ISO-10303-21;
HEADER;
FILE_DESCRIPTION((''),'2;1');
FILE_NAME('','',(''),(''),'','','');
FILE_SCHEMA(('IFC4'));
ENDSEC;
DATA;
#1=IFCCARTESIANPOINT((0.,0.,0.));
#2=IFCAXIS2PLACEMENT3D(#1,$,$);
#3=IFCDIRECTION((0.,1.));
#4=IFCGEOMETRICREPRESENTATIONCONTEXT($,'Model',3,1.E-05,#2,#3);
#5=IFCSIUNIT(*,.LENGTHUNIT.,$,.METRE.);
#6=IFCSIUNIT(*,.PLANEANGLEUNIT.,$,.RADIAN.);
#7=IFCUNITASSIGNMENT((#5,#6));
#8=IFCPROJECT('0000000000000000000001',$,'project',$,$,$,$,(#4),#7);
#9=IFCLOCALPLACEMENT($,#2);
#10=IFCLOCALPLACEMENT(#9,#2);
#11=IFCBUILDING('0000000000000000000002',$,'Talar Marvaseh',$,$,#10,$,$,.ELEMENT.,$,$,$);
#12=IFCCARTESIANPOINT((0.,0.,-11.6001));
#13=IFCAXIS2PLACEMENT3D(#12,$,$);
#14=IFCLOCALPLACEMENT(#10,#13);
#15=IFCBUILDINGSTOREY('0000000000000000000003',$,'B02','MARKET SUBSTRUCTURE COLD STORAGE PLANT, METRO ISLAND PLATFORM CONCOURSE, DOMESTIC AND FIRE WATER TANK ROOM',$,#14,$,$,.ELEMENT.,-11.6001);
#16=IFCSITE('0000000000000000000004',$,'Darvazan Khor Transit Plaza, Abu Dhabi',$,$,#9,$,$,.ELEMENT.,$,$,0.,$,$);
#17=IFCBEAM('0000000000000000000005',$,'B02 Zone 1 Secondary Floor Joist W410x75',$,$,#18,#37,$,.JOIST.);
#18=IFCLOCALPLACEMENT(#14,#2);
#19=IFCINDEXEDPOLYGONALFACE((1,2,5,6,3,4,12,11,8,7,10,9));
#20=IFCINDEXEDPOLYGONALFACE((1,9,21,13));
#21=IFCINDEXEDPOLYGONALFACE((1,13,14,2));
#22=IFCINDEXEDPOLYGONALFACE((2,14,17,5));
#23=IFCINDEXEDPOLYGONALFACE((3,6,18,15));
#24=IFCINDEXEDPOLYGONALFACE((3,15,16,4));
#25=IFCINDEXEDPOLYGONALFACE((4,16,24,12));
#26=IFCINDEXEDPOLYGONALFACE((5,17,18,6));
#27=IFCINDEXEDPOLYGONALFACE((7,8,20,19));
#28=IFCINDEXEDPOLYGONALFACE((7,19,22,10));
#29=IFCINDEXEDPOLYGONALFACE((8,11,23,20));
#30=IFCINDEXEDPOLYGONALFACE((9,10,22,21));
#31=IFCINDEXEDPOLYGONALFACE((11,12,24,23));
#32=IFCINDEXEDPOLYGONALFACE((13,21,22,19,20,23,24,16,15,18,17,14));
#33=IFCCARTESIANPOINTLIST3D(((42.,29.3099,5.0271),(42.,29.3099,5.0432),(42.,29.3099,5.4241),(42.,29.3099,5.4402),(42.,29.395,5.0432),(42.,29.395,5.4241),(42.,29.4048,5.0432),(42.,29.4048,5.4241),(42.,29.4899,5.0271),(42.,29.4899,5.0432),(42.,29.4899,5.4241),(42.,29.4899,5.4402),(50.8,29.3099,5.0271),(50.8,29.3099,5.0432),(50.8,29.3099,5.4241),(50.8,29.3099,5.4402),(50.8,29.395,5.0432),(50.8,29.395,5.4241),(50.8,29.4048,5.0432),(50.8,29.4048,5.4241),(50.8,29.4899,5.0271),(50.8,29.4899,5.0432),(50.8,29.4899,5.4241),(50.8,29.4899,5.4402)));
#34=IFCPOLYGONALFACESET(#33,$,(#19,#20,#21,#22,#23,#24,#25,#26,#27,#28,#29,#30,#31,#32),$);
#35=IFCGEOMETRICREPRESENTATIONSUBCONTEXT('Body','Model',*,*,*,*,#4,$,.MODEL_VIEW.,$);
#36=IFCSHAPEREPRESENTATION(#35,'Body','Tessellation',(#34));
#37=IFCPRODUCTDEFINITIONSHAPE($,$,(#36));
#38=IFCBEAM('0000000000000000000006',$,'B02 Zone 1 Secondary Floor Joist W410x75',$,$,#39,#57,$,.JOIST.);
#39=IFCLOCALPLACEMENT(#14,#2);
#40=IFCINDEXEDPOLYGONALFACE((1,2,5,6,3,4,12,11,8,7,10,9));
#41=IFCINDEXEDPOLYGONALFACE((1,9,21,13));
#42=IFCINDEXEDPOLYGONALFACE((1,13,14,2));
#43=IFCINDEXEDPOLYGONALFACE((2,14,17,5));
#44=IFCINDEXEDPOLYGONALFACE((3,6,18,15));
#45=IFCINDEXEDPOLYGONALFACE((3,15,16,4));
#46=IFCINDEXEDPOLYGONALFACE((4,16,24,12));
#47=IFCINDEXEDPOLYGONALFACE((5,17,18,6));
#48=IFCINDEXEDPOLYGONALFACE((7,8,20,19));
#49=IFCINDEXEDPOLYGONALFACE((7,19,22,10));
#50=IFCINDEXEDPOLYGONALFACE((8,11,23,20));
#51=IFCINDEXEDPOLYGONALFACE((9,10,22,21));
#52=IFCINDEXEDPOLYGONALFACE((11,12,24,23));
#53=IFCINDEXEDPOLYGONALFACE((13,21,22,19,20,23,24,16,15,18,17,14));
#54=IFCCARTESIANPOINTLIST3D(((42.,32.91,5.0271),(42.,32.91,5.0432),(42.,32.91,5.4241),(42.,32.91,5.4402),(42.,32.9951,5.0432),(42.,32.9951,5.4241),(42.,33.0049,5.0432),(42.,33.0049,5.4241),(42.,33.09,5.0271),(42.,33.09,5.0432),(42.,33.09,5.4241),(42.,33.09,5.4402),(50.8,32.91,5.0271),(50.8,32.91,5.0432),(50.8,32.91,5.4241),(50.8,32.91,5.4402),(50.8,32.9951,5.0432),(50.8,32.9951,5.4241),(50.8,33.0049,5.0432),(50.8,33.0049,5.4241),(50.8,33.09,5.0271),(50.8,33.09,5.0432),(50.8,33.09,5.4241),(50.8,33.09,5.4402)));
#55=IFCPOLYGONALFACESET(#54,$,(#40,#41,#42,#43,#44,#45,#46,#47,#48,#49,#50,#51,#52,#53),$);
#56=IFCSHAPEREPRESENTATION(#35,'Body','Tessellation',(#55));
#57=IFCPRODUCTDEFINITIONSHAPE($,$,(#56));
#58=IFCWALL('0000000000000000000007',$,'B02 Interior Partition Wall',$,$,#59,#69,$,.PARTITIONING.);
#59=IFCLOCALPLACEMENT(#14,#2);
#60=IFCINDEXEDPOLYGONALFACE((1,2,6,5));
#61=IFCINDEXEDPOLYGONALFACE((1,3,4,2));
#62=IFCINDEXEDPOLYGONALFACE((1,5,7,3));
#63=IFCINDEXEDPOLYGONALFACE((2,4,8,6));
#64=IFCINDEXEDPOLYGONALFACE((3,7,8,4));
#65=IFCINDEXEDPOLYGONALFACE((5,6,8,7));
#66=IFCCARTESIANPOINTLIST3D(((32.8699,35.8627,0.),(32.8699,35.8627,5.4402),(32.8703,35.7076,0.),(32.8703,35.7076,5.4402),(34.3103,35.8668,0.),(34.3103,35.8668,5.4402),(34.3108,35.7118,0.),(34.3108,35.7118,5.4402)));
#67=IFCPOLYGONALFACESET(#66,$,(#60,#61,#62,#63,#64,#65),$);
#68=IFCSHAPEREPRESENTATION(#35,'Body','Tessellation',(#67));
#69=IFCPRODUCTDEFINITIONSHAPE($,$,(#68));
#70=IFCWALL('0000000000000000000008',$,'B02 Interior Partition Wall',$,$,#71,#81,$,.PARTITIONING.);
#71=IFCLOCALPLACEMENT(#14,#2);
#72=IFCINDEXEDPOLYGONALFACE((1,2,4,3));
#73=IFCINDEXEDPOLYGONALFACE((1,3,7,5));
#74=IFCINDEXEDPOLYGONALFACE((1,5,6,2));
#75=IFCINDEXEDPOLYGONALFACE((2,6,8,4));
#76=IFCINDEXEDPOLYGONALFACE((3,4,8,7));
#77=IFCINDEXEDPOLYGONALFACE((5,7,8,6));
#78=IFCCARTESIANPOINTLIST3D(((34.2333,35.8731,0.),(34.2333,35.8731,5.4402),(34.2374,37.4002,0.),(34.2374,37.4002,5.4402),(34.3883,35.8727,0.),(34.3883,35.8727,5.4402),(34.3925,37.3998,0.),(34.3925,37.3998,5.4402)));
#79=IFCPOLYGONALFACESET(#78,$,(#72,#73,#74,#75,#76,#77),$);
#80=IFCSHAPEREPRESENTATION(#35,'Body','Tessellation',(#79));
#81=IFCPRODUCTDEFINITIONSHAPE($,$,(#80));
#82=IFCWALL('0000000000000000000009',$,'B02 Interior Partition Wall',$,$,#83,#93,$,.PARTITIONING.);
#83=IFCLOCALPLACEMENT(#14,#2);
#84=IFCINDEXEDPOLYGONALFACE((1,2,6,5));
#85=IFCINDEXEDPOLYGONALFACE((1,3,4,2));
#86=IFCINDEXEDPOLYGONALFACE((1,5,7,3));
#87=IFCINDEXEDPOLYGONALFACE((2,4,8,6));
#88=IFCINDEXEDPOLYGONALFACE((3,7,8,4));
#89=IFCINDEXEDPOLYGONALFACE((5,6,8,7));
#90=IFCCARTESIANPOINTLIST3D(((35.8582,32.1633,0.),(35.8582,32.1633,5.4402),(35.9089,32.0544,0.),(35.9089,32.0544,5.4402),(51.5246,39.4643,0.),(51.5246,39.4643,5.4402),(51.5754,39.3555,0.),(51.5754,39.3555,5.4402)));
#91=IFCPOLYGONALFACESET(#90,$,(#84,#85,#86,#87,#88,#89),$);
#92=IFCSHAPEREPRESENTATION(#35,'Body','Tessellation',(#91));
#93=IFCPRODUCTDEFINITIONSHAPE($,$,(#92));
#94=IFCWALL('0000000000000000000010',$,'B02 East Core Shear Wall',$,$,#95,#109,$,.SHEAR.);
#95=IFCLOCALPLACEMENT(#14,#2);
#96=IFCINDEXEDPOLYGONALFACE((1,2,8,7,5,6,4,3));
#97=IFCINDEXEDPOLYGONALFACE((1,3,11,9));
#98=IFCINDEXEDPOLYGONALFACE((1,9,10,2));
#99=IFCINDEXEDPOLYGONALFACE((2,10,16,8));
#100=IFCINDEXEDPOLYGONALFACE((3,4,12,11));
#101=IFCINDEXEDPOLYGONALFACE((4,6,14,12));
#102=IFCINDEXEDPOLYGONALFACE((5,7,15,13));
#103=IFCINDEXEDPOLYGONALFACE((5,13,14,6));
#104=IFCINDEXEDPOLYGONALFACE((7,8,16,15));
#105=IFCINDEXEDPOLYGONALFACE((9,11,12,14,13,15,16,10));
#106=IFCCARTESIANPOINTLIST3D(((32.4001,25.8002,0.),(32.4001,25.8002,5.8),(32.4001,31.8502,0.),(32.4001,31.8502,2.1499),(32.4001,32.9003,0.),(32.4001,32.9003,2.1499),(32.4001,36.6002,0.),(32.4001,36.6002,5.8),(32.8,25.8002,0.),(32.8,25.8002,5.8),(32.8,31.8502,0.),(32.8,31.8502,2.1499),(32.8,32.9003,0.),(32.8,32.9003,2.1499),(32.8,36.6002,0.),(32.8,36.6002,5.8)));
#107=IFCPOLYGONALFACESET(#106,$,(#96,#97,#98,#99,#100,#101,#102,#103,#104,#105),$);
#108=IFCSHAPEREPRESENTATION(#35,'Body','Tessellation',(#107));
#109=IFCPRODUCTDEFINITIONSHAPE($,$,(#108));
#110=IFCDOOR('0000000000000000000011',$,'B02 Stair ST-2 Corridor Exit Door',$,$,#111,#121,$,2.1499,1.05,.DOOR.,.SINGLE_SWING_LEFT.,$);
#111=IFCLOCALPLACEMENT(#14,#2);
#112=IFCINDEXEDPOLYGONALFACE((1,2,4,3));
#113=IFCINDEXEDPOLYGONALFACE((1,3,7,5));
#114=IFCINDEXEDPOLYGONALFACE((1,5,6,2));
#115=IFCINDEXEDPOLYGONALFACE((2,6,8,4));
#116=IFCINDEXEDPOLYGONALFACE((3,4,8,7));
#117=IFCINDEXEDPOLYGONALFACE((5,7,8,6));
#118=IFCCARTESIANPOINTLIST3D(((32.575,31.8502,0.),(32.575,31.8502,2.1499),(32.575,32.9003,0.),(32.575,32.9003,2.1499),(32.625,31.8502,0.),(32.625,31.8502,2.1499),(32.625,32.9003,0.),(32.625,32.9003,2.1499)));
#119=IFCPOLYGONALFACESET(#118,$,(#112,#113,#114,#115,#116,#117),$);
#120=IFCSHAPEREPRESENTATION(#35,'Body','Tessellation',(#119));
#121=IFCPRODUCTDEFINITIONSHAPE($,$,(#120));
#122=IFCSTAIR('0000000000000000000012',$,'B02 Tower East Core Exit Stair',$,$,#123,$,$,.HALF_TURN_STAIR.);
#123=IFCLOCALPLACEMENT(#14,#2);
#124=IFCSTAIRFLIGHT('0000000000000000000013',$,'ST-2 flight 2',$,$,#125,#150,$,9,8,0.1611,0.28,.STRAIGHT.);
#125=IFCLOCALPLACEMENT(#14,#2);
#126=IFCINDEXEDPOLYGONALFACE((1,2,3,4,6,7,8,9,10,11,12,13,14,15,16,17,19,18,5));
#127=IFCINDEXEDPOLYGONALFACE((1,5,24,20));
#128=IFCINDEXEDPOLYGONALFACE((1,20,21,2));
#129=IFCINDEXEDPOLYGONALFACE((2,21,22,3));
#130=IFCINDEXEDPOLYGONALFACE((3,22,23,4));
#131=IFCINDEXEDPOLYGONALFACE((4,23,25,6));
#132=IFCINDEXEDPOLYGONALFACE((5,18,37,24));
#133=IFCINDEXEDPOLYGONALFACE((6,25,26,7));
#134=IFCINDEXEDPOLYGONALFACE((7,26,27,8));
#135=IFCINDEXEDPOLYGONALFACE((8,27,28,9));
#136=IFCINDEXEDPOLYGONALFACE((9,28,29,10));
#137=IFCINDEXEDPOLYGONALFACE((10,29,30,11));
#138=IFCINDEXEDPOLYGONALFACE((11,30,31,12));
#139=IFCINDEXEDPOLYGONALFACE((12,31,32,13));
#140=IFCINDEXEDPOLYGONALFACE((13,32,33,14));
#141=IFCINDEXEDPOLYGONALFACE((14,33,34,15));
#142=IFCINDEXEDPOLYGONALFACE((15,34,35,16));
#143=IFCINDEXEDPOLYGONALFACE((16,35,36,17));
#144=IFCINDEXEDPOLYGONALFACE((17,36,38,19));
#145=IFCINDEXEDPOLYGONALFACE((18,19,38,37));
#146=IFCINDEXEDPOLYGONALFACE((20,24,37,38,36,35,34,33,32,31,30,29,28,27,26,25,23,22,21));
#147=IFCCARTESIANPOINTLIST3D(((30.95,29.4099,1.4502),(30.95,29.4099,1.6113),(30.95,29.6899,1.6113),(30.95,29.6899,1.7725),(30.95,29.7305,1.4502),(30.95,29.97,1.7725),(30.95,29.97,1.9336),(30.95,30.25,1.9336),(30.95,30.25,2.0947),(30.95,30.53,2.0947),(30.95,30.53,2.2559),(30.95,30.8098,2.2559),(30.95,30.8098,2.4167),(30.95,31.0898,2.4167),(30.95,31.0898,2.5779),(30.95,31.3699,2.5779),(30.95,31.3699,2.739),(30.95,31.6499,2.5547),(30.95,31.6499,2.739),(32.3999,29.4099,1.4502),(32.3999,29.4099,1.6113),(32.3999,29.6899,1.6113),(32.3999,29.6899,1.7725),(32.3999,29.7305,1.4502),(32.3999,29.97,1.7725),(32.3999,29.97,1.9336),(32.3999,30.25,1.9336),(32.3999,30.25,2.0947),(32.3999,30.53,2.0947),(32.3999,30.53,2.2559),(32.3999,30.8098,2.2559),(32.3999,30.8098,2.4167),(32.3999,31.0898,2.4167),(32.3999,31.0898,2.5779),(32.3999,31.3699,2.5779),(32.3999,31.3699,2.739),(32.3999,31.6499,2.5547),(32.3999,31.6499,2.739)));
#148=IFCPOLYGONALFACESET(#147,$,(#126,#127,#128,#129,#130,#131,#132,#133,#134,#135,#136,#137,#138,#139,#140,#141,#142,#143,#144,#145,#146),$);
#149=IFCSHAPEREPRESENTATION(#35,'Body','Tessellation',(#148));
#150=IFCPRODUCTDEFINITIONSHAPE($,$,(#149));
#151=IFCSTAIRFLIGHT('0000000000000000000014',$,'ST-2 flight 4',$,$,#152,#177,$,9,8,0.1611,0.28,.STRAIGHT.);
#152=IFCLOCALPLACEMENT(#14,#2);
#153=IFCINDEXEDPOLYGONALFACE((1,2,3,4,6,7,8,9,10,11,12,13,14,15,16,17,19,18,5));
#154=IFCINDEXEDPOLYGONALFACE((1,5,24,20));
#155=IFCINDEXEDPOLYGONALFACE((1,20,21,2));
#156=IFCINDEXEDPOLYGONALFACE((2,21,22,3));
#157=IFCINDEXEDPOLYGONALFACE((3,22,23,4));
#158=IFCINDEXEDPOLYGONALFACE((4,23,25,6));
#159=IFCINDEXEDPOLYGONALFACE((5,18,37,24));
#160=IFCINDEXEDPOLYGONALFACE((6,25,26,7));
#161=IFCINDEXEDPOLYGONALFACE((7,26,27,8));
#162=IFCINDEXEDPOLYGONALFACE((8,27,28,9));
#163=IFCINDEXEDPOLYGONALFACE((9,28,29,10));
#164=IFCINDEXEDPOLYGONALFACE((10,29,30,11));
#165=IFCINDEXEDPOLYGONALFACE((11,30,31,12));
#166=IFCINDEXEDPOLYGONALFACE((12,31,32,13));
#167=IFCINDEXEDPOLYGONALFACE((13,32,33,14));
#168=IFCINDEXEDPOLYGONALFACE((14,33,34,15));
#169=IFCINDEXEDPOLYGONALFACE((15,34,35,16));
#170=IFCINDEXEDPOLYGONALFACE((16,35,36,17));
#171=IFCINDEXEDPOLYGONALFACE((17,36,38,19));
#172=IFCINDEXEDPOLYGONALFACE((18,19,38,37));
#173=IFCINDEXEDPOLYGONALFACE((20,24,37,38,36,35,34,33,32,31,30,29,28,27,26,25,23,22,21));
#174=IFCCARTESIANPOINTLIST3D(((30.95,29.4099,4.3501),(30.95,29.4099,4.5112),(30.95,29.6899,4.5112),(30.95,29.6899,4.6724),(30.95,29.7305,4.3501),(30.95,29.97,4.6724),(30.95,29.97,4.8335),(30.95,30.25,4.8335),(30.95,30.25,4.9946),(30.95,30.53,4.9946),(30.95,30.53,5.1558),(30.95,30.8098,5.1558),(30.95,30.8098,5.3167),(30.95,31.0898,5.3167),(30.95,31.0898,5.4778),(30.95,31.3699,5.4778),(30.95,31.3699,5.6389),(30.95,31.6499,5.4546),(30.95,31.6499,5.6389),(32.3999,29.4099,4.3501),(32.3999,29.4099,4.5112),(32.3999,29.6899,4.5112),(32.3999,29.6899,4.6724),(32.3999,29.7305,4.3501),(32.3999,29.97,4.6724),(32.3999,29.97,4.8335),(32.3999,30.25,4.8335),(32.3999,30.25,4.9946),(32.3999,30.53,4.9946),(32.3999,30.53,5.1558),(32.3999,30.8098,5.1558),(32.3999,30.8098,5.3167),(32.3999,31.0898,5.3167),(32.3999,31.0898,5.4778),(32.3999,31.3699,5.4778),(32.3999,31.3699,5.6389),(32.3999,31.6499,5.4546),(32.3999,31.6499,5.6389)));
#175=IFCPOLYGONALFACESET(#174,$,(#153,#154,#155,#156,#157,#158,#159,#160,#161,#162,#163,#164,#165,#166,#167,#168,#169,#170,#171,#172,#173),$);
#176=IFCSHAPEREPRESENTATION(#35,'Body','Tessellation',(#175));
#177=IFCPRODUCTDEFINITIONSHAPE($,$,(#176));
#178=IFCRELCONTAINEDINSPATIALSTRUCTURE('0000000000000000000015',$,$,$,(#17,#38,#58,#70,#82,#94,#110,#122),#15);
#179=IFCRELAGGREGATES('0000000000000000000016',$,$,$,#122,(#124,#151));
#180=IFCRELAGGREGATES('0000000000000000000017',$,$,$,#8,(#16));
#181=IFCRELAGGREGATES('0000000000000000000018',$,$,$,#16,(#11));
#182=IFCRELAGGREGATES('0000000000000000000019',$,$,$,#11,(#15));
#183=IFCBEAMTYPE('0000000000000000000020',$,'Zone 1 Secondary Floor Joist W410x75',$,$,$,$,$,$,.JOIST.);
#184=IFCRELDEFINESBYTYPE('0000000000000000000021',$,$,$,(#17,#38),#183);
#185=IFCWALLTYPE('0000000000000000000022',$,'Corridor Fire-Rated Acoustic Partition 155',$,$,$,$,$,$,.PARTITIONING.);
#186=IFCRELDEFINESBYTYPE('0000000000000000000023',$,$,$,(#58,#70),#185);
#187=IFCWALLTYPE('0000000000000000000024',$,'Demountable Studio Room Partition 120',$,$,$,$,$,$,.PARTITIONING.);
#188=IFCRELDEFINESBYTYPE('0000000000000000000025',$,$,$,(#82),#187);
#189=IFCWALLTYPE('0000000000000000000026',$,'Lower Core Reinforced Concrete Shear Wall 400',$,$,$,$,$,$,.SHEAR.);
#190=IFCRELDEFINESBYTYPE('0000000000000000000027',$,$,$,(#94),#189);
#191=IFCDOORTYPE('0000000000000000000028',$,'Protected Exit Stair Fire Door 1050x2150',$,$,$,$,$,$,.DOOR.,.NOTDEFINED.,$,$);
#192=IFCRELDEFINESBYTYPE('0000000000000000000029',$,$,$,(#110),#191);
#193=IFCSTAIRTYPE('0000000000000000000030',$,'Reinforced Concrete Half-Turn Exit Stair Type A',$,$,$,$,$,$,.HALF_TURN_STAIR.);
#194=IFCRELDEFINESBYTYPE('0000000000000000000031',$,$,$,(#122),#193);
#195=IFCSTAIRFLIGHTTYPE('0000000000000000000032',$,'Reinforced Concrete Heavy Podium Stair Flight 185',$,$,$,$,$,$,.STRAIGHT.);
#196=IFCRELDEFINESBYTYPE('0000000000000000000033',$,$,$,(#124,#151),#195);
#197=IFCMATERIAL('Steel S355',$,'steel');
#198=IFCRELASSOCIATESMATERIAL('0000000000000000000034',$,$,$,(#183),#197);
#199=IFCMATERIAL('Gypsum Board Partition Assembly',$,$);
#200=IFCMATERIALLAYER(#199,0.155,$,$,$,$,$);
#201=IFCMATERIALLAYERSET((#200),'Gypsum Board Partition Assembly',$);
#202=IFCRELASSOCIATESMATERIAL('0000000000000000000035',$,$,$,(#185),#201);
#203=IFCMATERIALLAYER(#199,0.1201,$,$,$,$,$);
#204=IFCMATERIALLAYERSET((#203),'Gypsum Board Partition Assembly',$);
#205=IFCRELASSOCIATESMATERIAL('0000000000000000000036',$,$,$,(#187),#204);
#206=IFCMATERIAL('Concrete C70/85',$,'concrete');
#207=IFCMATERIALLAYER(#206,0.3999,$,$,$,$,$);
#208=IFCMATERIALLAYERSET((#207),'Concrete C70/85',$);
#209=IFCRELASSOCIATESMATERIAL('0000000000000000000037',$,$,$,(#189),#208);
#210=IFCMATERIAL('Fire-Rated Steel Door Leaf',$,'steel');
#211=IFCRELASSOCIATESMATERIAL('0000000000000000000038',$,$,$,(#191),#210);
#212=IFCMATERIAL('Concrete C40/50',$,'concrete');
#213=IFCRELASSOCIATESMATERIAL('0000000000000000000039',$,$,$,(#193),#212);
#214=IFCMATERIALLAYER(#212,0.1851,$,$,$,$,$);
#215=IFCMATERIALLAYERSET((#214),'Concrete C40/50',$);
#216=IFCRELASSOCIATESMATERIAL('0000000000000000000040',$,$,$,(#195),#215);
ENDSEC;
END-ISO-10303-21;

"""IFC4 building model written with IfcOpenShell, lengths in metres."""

from ifc_helpers import new_model, si_unit, direction, frame, frame_2d, origin, origin_2d, place, context, subcontext, project, spatial, polyline, rectangle, i_section, outline, extrude, source, transform, mapped, material, layer, layer_set, material_profile, profile_set, type_object, type_shapes, element, fill, aggregate, save


model = new_model("IFC4")

# Units and contexts
model_context = context("Model", 3, precision=1e-05, world=origin(), true_north=direction((0.0, 1.0)))
body_context = subcontext(model_context, "Body", "Model", "MODEL_VIEW")
ifc_project = project(units=[si_unit("LENGTHUNIT", "METRE"), si_unit("PLANEANGLEUNIT", "RADIAN")], contexts=[model_context])

# Site, building, storey
site_placement = place(None, origin())
site = spatial("IfcSite", under=ifc_project, at=site_placement, Name="Darvazan Khor Transit Plaza, Abu Dhabi", CompositionType="ELEMENT", RefElevation=0.0)
building_placement = place(site_placement, origin())
building = spatial("IfcBuilding", under=site, at=building_placement, Name="Talar Marvaseh", CompositionType="ELEMENT")
storey_placement = place(building_placement, frame((0.0, 0.0, -11.6001)))
storey = spatial("IfcBuildingStorey", under=building, at=storey_placement, Name="B02", Description="MARKET SUBSTRUCTURE COLD STORAGE PLANT, METRO ISLAND PLATFORM CONCOURSE, DOMESTIC AND FIRE WATER TANK ROOM", CompositionType="ELEMENT", Elevation=-11.6001)

# Shared definitions
ifc_material_1 = material(Name="Concrete C70/85", Category="concrete")

# Beams
ifc_material_2 = material(Name="Steel S355", Category="steel")
ifc_material_profile_1 = material_profile(ifc_material_2, i_section(OverallWidth=0.1799, OverallDepth=0.4131, WebThickness=0.0098, FlangeThickness=0.0161, at=origin_2d()), Name="W410x75")
ifc_profile_set_1 = profile_set([ifc_material_profile_1], Name="Steel S355")
beam_type_1 = type_object("IfcBeamType", Name="Zone 1 Secondary Floor Joist W410x75", PredefinedType="JOIST", material=ifc_profile_set_1)
for number, where, z_axis, x_axis, name in (
    (1, (42.0, 29.3999, 5.2336), (1.0, 0.0, 0.0), (0.0, 1.0, 0.0), "B02 Zone 1 Secondary Floor Joist W410x75"),
    (2, (42.0, 33.0, 5.2336), (1.0, 0.0, 0.0), (0.0, 1.0, 0.0), "B02 Zone 1 Secondary Floor Joist W410x75"),
):
    element("IfcBeam", number, at=place(storey_placement, frame(where, z_axis=z_axis, x_axis=x_axis)), inside=storey, type_object=beam_type_1, Name=name, PredefinedType="JOIST", context=body_context, shape_type="SweptSolid", body=[
        extrude(i_section(OverallWidth=0.1799, OverallDepth=0.4131, WebThickness=0.0098, FlangeThickness=0.0161, at=origin_2d()), origin(), (0.0, 0.0, 1.0), 8.8),
    ])

# Walls
ifc_material_3 = material(Name="Gypsum Board Partition Assembly")
ifc_layer_1 = layer(ifc_material_3, 0.155)
ifc_layer_set_1 = layer_set([ifc_layer_1], Name="Gypsum Board Partition Assembly")
wall_type_1 = type_object("IfcWallType", Name="Corridor Fire-Rated Acoustic Partition 155", PredefinedType="PARTITIONING", material=ifc_layer_set_1)
wall_1_placement = place(storey_placement, frame((32.8701, 35.7852, 0.0), z_axis=(0.0, 0.0, 1.0), x_axis=(0.999996, 0.002881, 0.0)))
element("IfcWall", 3, at=wall_1_placement, inside=storey, type_object=wall_type_1, Name="B02 Interior Partition Wall", PredefinedType="PARTITIONING", context=body_context, shape_type="SweptSolid", body=[
    extrude(rectangle(XDim=1.4404, YDim=0.155, at=frame_2d((0.7202, 0.0))), origin(), (0.0, 0.0, 1.0), 5.4402),
])
wall_2_placement = place(storey_placement, frame((34.3108, 35.8728, 0.0), z_axis=(0.0, 0.0, 1.0), x_axis=(0.002718, 0.999996, 0.0)))
element("IfcWall", 4, at=wall_2_placement, inside=storey, type_object=wall_type_1, Name="B02 Interior Partition Wall", PredefinedType="PARTITIONING", context=body_context, shape_type="SweptSolid", body=[
    extrude(rectangle(XDim=1.5271, YDim=0.155, at=frame_2d((0.7637, 0.0))), origin(), (0.0, 0.0, 1.0), 5.4402),
])
ifc_layer_2 = layer(ifc_material_3, 0.1201)
ifc_layer_set_2 = layer_set([ifc_layer_2], Name="Gypsum Board Partition Assembly")
wall_type_2 = type_object("IfcWallType", Name="Demountable Studio Room Partition 120", PredefinedType="PARTITIONING", material=ifc_layer_set_2)
wall_3_placement = place(storey_placement, frame((35.8835, 32.1089, 0.0), z_axis=(0.0, 0.0, 1.0), x_axis=(0.906405, 0.42241, 0.0)))
element("IfcWall", 5, at=wall_3_placement, inside=storey, type_object=wall_type_2, Name="B02 Interior Partition Wall", PredefinedType="PARTITIONING", context=body_context, shape_type="SweptSolid", body=[
    extrude(rectangle(XDim=17.2842, YDim=0.1201, at=frame_2d((8.6421, 0.0))), origin(), (0.0, 0.0, 1.0), 5.4402),
])

# Wall, opening, door
ifc_layer_3 = layer(ifc_material_1, 0.3999)
ifc_layer_set_3 = layer_set([ifc_layer_3], Name="Concrete C70/85")
wall_type_3 = type_object("IfcWallType", Name="Lower Core Reinforced Concrete Shear Wall 400", PredefinedType="SHEAR", material=ifc_layer_set_3)
wall_4_placement = place(storey_placement, frame((32.6001, 36.6001, 0.0), z_axis=(0.0, 0.0, 1.0), x_axis=(0.0, -1.0, 0.0)))
wall_4 = element("IfcWall", 6, at=wall_4_placement, inside=storey, type_object=wall_type_3, Name="B02 East Core Shear Wall", PredefinedType="SHEAR", context=body_context, shape_type="SweptSolid", body=[
    extrude(rectangle(XDim=10.8, YDim=0.3999, at=frame_2d((5.3999, 0.0))), origin(), (0.0, 0.0, 1.0), 5.8),
])
opening_placement = place(wall_4_placement, frame((3.7, 0.0, 0.0)))
opening = element("IfcOpeningElement", 7, at=opening_placement, cuts=wall_4, PredefinedType="OPENING", context=body_context, shape_type="SweptSolid", body=[
    extrude(rectangle(XDim=1.05, YDim=2.1499, at=frame_2d((0.5249, 1.075))), frame((0.0, 0.21, 0.0), z_axis=(0.0, -1.0, 0.0), x_axis=(1.0, 0.0, 0.0)), (0.0, 0.0, 1.0), 0.4199),
])
ifc_material_4 = material(Name="Fire-Rated Steel Door Leaf", Category="steel")
door_type = type_object("IfcDoorType", Name="Protected Exit Stair Fire Door 1050x2150", OperationType="NOTDEFINED", PredefinedType="DOOR", material=ifc_material_4)
shared_shape_1 = source(origin(), body_context, "Body", "SweptSolid", [
    extrude(rectangle(XDim=1.05, YDim=2.1499, at=frame_2d((0.5249, 1.075))), frame((0.0, 0.0249, 0.0), z_axis=(0.0, -1.0, 0.0), x_axis=(1.0, 0.0, 0.0)), (0.0, 0.0, 1.0), 0.05),
])
type_shapes(door_type, [shared_shape_1])
door_placement = place(opening_placement, origin())
door = element("IfcDoor", 8, at=door_placement, inside=storey, type_object=door_type, Name="B02 Stair ST-2 Corridor Exit Door", OperationType="SINGLE_SWING_LEFT", OverallHeight=2.1499, OverallWidth=1.05, PredefinedType="DOOR", context=body_context, shape_type="MappedRepresentation", body=[
    mapped(shared_shape_1, transform((0.0, 0.0, 0.0), x_axis=(1.0, 0.0, 0.0), y_axis=(0.0, 1.0, 0.0), z_axis=(0.0, 0.0, 1.0), scale=1.0)),
])
fill(opening, door)

# Stair, stair flights
ifc_material_5 = material(Name="Concrete C40/50", Category="concrete")
stair_type = type_object("IfcStairType", Name="Reinforced Concrete Half-Turn Exit Stair Type A", PredefinedType="HALF_TURN_STAIR", material=ifc_material_5)
stair_placement = place(storey_placement, origin())
stair = element("IfcStair", 9, at=stair_placement, inside=storey, type_object=stair_type, Name="B02 Tower East Core Exit Stair", PredefinedType="HALF_TURN_STAIR")
ifc_layer_4 = layer(ifc_material_5, 0.1851)
ifc_layer_set_4 = layer_set([ifc_layer_4], Name="Concrete C40/50")
stair_flight_type = type_object("IfcStairFlightType", Name="Reinforced Concrete Heavy Podium Stair Flight 185", PredefinedType="STRAIGHT", material=ifc_layer_set_4)
stair_flight_1_placement = place(storey_placement, frame((31.675, 29.4099, 1.4502), z_axis=(0.0, 0.0, 1.0), x_axis=(0.0, 1.0, 0.0)))
stair_flight_1 = element("IfcStairFlight", 10, at=stair_flight_1_placement, type_object=stair_flight_type, Name="ST-2 flight 2", NumberOfRisers=9, NumberOfTreads=8, PredefinedType="STRAIGHT", RiserHeight=0.1611, TreadLength=0.28, context=body_context, shape_type="SweptSolid", body=[
    extrude(outline(polyline([(0.0, 0.0), (0.0, 0.1611), (0.28, 0.1611), (0.28, 0.3223), (0.5601, 0.3223), (0.5601, 0.4834), (0.8401, 0.4834), (0.8401, 0.6445), (1.1201, 0.6445), (1.1201, 0.8057), (1.3999, 0.8057), (1.3999, 0.9666), (1.6799, 0.9666), (1.6799, 1.1277), (1.96, 1.1277), (1.96, 1.2888), (2.24, 1.2888), (2.24, 1.45), (2.24, 1.1045), (0.3206, 0.0), (0.0, 0.0)])), frame((0.0, 0.7251, 0.0), z_axis=(0.0, -1.0, 0.0), x_axis=(1.0, 0.0, 0.0)), (0.0, 0.0, 1.0), 1.45),
])
stair_flight_2_placement = place(storey_placement, frame((31.675, 29.4099, 4.3501), z_axis=(0.0, 0.0, 1.0), x_axis=(0.0, 1.0, 0.0)))
stair_flight_2 = element("IfcStairFlight", 11, at=stair_flight_2_placement, type_object=stair_flight_type, Name="ST-2 flight 4", NumberOfRisers=9, NumberOfTreads=8, PredefinedType="STRAIGHT", RiserHeight=0.1611, TreadLength=0.28, context=body_context, shape_type="SweptSolid", body=[
    extrude(outline(polyline([(0.0, 0.0), (0.0, 0.1611), (0.28, 0.1611), (0.28, 0.3223), (0.5601, 0.3223), (0.5601, 0.4834), (0.8401, 0.4834), (0.8401, 0.6445), (1.1201, 0.6445), (1.1201, 0.8057), (1.3999, 0.8057), (1.3999, 0.9666), (1.6799, 0.9666), (1.6799, 1.1277), (1.96, 1.1277), (1.96, 1.2888), (2.24, 1.2888), (2.24, 1.45), (2.24, 1.1045), (0.3206, 0.0), (0.0, 0.0)])), frame((0.0, 0.7251, 0.0), z_axis=(0.0, -1.0, 0.0), x_axis=(1.0, 0.0, 0.0)), (0.0, 0.0, 1.0), 1.45),
])
aggregate(stair, [stair_flight_1, stair_flight_2])

save(model, "model.ifc")
